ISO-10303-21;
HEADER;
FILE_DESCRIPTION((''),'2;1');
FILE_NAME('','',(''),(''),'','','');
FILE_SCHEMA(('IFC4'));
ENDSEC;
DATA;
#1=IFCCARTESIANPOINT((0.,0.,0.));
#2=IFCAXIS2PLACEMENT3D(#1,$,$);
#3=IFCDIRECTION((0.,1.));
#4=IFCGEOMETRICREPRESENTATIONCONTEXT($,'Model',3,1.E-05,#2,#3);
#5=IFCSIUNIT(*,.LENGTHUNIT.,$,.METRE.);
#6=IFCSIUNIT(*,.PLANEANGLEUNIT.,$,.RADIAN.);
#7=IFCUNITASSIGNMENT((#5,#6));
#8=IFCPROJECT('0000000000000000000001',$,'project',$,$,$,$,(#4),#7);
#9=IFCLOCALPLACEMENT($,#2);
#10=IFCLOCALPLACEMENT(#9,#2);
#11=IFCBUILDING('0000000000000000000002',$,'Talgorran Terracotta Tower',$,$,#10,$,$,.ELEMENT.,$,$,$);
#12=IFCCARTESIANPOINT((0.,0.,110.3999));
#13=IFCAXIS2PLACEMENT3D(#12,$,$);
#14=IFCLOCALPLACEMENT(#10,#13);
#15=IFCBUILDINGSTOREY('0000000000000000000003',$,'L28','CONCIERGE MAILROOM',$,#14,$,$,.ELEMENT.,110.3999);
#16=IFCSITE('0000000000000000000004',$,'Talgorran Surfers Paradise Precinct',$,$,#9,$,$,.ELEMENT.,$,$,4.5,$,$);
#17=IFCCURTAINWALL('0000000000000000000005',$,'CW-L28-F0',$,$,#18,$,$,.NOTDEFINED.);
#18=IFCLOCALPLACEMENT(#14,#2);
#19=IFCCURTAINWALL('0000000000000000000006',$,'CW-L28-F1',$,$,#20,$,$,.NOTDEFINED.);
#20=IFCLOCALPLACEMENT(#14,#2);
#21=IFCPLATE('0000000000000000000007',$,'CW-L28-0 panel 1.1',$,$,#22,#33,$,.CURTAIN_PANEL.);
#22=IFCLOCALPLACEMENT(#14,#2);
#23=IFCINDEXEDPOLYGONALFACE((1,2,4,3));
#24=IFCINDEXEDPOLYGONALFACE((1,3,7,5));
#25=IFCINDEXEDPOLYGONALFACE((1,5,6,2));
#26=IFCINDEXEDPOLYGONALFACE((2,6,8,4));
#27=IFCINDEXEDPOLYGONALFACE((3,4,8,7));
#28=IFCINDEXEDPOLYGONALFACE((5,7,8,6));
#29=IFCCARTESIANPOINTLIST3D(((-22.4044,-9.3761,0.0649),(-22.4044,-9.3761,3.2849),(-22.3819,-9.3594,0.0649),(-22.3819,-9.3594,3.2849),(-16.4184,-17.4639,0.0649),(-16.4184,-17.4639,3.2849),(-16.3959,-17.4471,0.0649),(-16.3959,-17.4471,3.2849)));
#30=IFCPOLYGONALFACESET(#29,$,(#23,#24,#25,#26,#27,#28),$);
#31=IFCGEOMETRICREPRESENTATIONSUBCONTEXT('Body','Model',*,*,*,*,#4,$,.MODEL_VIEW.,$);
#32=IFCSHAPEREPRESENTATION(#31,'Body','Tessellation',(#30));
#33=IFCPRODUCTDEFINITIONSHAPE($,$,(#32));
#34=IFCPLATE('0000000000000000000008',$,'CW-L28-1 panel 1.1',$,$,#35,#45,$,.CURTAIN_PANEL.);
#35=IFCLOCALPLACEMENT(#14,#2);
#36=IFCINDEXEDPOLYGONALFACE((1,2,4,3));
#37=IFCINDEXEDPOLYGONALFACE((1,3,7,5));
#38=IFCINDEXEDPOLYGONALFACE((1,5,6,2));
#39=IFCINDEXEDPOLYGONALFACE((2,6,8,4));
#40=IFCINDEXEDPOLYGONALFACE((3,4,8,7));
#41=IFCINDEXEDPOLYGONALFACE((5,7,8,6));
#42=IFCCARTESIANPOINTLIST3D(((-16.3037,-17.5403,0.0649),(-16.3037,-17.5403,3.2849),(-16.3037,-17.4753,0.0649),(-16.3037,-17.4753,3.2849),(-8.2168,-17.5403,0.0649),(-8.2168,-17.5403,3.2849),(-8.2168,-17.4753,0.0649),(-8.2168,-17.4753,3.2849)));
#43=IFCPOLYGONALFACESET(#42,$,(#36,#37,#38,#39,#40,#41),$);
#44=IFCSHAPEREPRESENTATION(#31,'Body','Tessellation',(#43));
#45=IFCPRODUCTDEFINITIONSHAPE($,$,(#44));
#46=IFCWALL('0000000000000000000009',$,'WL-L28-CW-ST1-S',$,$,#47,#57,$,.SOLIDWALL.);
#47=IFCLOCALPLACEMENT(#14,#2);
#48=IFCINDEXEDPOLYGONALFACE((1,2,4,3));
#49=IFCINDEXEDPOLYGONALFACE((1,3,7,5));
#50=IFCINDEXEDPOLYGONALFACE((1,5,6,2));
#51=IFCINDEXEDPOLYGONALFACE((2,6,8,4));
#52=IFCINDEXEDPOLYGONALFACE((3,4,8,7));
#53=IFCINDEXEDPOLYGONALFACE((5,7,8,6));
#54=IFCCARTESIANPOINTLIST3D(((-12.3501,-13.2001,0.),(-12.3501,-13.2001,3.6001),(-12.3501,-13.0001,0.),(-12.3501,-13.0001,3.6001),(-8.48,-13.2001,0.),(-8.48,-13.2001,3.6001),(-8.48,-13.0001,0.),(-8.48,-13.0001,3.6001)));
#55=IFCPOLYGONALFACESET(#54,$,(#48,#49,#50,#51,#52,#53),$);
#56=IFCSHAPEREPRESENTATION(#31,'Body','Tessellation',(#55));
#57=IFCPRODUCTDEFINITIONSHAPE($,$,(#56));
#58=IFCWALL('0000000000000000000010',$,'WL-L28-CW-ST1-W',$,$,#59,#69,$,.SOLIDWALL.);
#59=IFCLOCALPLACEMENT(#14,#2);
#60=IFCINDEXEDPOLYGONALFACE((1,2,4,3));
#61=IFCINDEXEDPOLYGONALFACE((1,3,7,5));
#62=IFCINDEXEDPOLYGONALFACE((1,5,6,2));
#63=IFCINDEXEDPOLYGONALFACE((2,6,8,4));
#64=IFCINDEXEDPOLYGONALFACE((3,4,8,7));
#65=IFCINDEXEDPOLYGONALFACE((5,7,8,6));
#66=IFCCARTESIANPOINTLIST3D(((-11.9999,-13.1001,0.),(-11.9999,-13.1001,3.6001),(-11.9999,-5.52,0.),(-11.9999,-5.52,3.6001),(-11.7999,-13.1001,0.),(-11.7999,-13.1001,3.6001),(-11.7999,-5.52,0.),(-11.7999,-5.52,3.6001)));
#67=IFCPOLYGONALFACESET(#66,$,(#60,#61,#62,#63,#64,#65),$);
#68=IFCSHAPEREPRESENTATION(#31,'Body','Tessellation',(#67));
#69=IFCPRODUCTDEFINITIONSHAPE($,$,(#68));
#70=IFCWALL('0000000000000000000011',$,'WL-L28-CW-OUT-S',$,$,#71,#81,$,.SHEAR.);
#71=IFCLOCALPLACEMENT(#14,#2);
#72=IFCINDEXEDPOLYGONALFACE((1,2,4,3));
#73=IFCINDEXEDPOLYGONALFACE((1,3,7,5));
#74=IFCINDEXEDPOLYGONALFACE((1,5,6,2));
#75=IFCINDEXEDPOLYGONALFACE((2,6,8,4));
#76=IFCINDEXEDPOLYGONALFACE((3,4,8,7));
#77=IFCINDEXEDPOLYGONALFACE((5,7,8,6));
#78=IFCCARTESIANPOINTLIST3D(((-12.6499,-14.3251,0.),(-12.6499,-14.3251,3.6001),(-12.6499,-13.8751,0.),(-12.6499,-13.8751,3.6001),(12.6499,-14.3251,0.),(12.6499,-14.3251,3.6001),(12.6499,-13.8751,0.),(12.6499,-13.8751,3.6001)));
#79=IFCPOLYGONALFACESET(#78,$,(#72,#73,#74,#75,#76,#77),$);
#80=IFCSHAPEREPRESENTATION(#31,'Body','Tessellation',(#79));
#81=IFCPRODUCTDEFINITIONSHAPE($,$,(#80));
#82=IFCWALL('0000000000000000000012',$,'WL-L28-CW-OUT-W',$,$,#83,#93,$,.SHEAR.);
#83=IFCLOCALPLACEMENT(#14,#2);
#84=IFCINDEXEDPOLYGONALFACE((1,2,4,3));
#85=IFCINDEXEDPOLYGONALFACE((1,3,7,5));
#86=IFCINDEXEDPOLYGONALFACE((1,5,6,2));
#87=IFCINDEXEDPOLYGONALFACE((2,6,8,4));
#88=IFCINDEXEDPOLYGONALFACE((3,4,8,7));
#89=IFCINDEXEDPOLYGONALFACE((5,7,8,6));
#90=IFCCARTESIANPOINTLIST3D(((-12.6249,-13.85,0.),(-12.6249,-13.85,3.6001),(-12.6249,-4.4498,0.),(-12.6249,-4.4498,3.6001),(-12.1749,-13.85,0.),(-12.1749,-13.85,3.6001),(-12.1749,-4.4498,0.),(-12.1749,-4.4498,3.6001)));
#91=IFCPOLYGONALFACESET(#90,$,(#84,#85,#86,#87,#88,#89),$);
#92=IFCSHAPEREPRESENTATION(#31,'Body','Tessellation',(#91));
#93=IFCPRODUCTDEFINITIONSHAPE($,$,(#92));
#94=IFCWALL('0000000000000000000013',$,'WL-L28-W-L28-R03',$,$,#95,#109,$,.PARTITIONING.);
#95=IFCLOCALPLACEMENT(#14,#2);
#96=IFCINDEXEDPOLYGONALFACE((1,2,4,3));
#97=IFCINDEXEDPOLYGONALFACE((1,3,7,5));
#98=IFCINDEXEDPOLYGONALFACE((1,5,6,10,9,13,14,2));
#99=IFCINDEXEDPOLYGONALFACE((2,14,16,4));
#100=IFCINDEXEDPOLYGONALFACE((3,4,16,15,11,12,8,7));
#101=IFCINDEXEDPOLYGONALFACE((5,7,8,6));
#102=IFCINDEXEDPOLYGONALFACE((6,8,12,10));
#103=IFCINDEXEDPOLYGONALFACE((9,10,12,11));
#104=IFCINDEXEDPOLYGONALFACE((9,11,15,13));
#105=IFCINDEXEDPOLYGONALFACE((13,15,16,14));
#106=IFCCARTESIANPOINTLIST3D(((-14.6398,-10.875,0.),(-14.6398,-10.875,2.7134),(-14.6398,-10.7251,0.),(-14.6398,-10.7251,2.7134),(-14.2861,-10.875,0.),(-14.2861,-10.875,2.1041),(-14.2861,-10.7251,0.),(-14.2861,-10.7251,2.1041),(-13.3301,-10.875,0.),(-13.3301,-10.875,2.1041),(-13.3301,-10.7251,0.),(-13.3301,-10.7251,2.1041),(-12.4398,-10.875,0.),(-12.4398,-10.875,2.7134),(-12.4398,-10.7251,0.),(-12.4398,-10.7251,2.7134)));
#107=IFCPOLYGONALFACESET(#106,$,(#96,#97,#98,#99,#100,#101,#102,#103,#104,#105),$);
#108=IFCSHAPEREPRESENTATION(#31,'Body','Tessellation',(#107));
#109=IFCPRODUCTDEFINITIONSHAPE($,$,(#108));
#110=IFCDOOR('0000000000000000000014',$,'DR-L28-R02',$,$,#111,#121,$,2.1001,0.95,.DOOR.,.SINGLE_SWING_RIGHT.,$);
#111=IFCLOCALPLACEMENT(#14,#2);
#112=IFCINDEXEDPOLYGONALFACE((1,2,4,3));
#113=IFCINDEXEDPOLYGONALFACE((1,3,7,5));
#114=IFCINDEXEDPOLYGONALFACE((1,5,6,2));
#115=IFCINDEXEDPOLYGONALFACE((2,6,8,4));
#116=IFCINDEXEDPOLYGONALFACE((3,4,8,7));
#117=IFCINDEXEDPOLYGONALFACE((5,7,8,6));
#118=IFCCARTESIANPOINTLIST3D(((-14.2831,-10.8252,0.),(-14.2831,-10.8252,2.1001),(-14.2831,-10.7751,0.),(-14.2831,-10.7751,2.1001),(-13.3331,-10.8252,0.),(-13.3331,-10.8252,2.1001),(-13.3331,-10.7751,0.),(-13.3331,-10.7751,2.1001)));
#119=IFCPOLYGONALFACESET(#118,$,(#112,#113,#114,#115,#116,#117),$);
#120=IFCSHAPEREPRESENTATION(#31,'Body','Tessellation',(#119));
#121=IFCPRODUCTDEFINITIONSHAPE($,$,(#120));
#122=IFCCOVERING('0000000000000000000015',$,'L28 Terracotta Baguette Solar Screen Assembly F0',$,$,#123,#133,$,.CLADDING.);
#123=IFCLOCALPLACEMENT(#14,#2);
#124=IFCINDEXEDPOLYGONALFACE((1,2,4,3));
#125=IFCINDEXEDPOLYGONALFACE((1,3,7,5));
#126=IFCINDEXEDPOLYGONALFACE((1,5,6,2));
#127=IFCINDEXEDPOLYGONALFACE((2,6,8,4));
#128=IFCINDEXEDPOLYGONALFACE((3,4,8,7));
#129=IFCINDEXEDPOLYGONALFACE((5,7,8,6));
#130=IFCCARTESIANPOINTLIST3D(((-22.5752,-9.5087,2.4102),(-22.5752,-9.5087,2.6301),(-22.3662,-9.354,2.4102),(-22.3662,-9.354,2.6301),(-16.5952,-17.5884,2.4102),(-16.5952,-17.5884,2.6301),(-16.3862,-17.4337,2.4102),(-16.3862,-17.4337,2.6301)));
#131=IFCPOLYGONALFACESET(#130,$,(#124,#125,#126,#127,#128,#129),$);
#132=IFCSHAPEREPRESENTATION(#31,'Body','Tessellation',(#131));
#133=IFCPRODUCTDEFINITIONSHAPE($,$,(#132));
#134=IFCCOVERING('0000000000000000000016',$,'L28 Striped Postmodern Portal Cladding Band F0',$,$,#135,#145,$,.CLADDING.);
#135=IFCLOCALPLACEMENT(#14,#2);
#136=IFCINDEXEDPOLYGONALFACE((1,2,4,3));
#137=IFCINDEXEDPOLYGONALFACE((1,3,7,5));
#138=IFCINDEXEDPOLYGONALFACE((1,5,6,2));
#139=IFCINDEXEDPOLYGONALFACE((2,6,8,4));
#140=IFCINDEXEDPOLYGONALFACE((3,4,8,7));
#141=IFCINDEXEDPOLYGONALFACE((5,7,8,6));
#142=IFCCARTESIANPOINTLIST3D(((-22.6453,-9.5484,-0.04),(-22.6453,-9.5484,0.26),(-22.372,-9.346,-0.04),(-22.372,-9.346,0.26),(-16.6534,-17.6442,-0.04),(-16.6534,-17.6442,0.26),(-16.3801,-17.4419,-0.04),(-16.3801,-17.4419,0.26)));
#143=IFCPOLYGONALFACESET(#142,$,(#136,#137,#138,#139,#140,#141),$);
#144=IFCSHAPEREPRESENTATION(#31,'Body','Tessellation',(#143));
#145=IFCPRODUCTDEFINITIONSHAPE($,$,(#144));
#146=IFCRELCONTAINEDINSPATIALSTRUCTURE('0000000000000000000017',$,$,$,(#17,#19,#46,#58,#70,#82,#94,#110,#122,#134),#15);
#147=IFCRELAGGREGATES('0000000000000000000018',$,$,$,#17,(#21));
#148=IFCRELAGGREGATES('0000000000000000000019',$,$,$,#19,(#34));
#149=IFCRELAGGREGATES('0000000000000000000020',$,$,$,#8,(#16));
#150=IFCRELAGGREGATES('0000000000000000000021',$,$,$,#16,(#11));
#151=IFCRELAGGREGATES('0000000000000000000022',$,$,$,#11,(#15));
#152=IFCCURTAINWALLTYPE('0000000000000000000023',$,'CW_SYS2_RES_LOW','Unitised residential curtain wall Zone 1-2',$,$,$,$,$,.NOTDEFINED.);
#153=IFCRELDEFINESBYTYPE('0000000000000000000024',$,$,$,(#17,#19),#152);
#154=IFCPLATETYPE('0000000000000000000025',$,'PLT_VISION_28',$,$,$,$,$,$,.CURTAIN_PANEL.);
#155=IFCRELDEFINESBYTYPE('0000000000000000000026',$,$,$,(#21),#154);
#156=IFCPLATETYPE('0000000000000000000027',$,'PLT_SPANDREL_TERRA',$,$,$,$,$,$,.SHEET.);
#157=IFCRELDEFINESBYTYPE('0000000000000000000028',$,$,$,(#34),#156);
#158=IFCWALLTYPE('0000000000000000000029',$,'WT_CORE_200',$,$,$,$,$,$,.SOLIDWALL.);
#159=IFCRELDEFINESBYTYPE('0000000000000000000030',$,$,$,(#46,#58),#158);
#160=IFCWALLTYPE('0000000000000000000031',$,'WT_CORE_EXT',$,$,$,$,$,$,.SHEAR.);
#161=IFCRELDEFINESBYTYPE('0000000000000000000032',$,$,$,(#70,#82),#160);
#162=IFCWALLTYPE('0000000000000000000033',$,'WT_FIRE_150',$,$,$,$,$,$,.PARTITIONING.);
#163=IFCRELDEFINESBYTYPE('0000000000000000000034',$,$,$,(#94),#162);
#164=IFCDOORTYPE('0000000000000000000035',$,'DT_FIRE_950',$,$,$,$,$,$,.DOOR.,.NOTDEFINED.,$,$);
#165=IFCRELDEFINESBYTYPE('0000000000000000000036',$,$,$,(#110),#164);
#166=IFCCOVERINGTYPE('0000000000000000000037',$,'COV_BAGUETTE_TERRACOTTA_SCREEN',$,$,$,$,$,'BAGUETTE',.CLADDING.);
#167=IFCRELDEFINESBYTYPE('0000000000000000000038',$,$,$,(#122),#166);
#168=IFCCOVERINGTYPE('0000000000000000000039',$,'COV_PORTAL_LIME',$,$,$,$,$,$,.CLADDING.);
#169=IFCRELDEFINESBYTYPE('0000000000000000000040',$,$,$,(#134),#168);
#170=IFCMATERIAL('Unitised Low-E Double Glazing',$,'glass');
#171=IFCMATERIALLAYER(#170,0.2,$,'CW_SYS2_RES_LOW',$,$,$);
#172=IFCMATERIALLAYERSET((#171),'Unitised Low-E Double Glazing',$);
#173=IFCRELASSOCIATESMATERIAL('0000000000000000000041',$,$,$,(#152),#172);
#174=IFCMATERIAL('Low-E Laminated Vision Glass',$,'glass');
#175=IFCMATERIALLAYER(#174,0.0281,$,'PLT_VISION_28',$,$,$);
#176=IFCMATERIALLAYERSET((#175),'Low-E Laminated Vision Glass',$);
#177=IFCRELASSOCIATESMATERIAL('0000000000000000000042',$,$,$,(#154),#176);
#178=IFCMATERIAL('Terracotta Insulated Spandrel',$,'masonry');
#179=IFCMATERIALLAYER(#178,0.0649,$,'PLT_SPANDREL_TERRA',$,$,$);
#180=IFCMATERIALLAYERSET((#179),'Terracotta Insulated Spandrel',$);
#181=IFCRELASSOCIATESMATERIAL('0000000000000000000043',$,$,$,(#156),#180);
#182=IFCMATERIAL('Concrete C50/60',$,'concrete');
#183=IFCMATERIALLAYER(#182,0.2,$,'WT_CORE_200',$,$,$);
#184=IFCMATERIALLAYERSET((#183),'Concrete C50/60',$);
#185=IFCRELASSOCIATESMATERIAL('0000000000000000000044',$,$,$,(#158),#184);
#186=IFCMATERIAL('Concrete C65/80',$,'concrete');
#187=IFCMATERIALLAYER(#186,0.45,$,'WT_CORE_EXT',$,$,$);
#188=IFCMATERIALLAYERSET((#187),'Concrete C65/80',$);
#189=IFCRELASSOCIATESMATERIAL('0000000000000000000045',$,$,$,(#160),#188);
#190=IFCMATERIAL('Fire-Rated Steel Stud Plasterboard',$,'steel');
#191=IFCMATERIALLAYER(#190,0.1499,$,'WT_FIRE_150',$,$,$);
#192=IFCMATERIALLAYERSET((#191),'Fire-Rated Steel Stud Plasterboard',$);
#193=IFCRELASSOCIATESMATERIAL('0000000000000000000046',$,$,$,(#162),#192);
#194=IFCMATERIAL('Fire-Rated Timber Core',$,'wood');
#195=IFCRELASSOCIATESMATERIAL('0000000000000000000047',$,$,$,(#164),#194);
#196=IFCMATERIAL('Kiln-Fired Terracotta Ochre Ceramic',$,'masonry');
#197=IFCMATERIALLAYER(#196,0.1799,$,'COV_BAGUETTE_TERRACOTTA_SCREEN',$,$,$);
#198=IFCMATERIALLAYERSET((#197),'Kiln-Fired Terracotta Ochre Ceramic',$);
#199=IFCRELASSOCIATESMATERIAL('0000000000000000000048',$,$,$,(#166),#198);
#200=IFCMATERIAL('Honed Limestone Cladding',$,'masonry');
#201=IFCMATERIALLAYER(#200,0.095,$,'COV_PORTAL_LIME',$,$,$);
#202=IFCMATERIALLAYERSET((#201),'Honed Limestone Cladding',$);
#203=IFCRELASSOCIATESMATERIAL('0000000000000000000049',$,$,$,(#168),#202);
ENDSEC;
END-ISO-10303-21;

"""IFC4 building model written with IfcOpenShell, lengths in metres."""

from ifc_helpers import new_model, si_unit, direction, frame, frame_2d, origin, origin_2d, place, context, subcontext, project, spatial, rectangle, extrude, source, transform, mapped, material, layer, layer_set, type_object, type_shapes, element, fill, aggregate, save


model = new_model("IFC4")

# Units and contexts
model_context = context("Model", 3, precision=1e-05, world=origin(), true_north=direction((0.0, 1.0)))
body_context = subcontext(model_context, "Body", "Model", "MODEL_VIEW")
ifc_project = project(units=[si_unit("LENGTHUNIT", "METRE"), si_unit("PLANEANGLEUNIT", "RADIAN")], contexts=[model_context])

# Site, building, storey
site_placement = place(None, origin())
site = spatial("IfcSite", under=ifc_project, at=site_placement, Name="Talgorran Surfers Paradise Precinct", CompositionType="ELEMENT", RefElevation=4.5)
building_placement = place(site_placement, origin())
building = spatial("IfcBuilding", under=site, at=building_placement, Name="Talgorran Terracotta Tower", CompositionType="ELEMENT")
storey_placement = place(building_placement, frame((0.0, 0.0, 110.3999)))
storey = spatial("IfcBuildingStorey", under=building, at=storey_placement, Name="L28", Description="CONCIERGE MAILROOM", CompositionType="ELEMENT", Elevation=110.3999)

# Curtain wall
ifc_material_1 = material(Name="Unitised Low-E Double Glazing", Category="glass")
ifc_layer_1 = layer(ifc_material_1, 0.2, Name="CW_SYS2_RES_LOW")
ifc_layer_set_1 = layer_set([ifc_layer_1], Name="Unitised Low-E Double Glazing")
curtain_wall_type = type_object("IfcCurtainWallType", Name="CW_SYS2_RES_LOW", Description="Unitised residential curtain wall Zone 1-2", PredefinedType="NOTDEFINED", material=ifc_layer_set_1)
curtain_wall_1_placement = place(storey_placement, origin())
curtain_wall_1 = element("IfcCurtainWall", 1, at=curtain_wall_1_placement, inside=storey, type_object=curtain_wall_type, Name="CW-L28-F0", PredefinedType="NOTDEFINED")

# Curtain wall
curtain_wall_2_placement = place(storey_placement, origin())
curtain_wall_2 = element("IfcCurtainWall", 2, at=curtain_wall_2_placement, inside=storey, type_object=curtain_wall_type, Name="CW-L28-F1", PredefinedType="NOTDEFINED")

# Plates
ifc_material_2 = material(Name="Low-E Laminated Vision Glass", Category="glass")
ifc_layer_2 = layer(ifc_material_2, 0.0281, Name="PLT_VISION_28")
ifc_layer_set_2 = layer_set([ifc_layer_2], Name="Low-E Laminated Vision Glass")
plate_type_1 = type_object("IfcPlateType", Name="PLT_VISION_28", PredefinedType="CURTAIN_PANEL", material=ifc_layer_set_2)
shared_shape_1 = source(origin(), body_context, "Body", "SweptSolid", [
    extrude(rectangle(XDim=10.062, YDim=0.0281, at=origin_2d()), origin(), (0.0, 0.0, 1.0), 3.22),
])
type_shapes(plate_type_1, [shared_shape_1])
plate_1_placement = place(storey_placement, frame((-19.4001, -13.4116, 0.0649), z_axis=(0.0, 0.0, 1.0), x_axis=(0.594911, -0.803792, 0.0)))
plate_1 = element("IfcPlate", 3, at=plate_1_placement, type_object=plate_type_1, Name="CW-L28-0 panel 1.1", PredefinedType="CURTAIN_PANEL", context=body_context, shape_type="MappedRepresentation", body=[
    mapped(shared_shape_1, transform((0.0, 0.0, 0.0), scale=1.0)),
])
aggregate(curtain_wall_1, [plate_1])
ifc_material_3 = material(Name="Terracotta Insulated Spandrel", Category="masonry")
ifc_layer_3 = layer(ifc_material_3, 0.0649, Name="PLT_SPANDREL_TERRA")
ifc_layer_set_3 = layer_set([ifc_layer_3], Name="Terracotta Insulated Spandrel")
plate_type_2 = type_object("IfcPlateType", Name="PLT_SPANDREL_TERRA", PredefinedType="SHEET", material=ifc_layer_set_3)
shared_shape_2 = source(origin(), body_context, "Body", "SweptSolid", [
    extrude(rectangle(XDim=8.0869, YDim=0.0649, at=origin_2d()), origin(), (0.0, 0.0, 1.0), 3.22),
])
type_shapes(plate_type_2, [shared_shape_2])
plate_2_placement = place(storey_placement, frame((-12.2603, -17.5078, 0.0649), z_axis=(0.0, 0.0, 1.0), x_axis=(1.0, 0.0, 0.0)))
plate_2 = element("IfcPlate", 4, at=plate_2_placement, type_object=plate_type_2, Name="CW-L28-1 panel 1.1", PredefinedType="CURTAIN_PANEL", context=body_context, shape_type="MappedRepresentation", body=[
    mapped(shared_shape_2, transform((0.0, 0.0, 0.0), scale=1.0)),
])
aggregate(curtain_wall_2, [plate_2])

# Walls
ifc_material_4 = material(Name="Concrete C50/60", Category="concrete")
ifc_layer_4 = layer(ifc_material_4, 0.2, Name="WT_CORE_200")
ifc_layer_set_4 = layer_set([ifc_layer_4], Name="Concrete C50/60")
wall_type_1 = type_object("IfcWallType", Name="WT_CORE_200", PredefinedType="SOLIDWALL", material=ifc_layer_set_4)
wall_1_placement = place(storey_placement, frame((-12.3501, -13.1001, 0.0), z_axis=(0.0, 0.0, 1.0), x_axis=(1.0, 0.0, 0.0)))
element("IfcWall", 5, at=wall_1_placement, inside=storey, type_object=wall_type_1, Name="WL-L28-CW-ST1-S", PredefinedType="SOLIDWALL", context=body_context, shape_type="SweptSolid", body=[
    extrude(rectangle(XDim=3.8701, YDim=0.2, at=frame_2d((1.9351, 0.0))), origin(), (0.0, 0.0, 1.0), 3.6001),
])
wall_2_placement = place(storey_placement, frame((-11.8999, -13.1001, 0.0), z_axis=(0.0, 0.0, 1.0), x_axis=(0.0, 1.0, 0.0)))
element("IfcWall", 6, at=wall_2_placement, inside=storey, type_object=wall_type_1, Name="WL-L28-CW-ST1-W", PredefinedType="SOLIDWALL", context=body_context, shape_type="SweptSolid", body=[
    extrude(rectangle(XDim=7.5801, YDim=0.2, at=frame_2d((3.79, 0.0))), origin(), (0.0, 0.0, 1.0), 3.6001),
])
ifc_material_5 = material(Name="Concrete C65/80", Category="concrete")
ifc_layer_5 = layer(ifc_material_5, 0.45, Name="WT_CORE_EXT")
ifc_layer_set_5 = layer_set([ifc_layer_5], Name="Concrete C65/80")
wall_type_2 = type_object("IfcWallType", Name="WT_CORE_EXT", PredefinedType="SHEAR", material=ifc_layer_set_5)
wall_3_placement = place(storey_placement, frame((-12.6499, -14.1001, 0.0), z_axis=(0.0, 0.0, 1.0), x_axis=(1.0, 0.0, 0.0)))
element("IfcWall", 7, at=wall_3_placement, inside=storey, type_object=wall_type_2, Name="WL-L28-CW-OUT-S", PredefinedType="SHEAR", context=body_context, shape_type="SweptSolid", body=[
    extrude(rectangle(XDim=25.2998, YDim=0.45, at=frame_2d((12.6499, 0.0))), origin(), (0.0, 0.0, 1.0), 3.6001),
])
wall_4_placement = place(storey_placement, frame((-12.3999, -13.8501, 0.0), z_axis=(0.0, 0.0, 1.0), x_axis=(0.0, 1.0, 0.0)))
element("IfcWall", 8, at=wall_4_placement, inside=storey, type_object=wall_type_2, Name="WL-L28-CW-OUT-W", PredefinedType="SHEAR", context=body_context, shape_type="SweptSolid", body=[
    extrude(rectangle(XDim=9.4001, YDim=0.45, at=frame_2d((4.7002, 0.0))), origin(), (0.0, 0.0, 1.0), 3.6001),
])

# Wall, opening, door
ifc_material_6 = material(Name="Fire-Rated Steel Stud Plasterboard", Category="steel")
ifc_layer_6 = layer(ifc_material_6, 0.1499, Name="WT_FIRE_150")
ifc_layer_set_6 = layer_set([ifc_layer_6], Name="Fire-Rated Steel Stud Plasterboard")
wall_type_3 = type_object("IfcWallType", Name="WT_FIRE_150", PredefinedType="PARTITIONING", material=ifc_layer_set_6)
wall_5_placement = place(storey_placement, frame((-14.6399, -10.8, 0.0), z_axis=(0.0, 0.0, 1.0), x_axis=(1.0, 0.0, 0.0)))
wall_5 = element("IfcWall", 9, at=wall_5_placement, inside=storey, type_object=wall_type_3, Name="WL-L28-W-L28-R03", PredefinedType="PARTITIONING", context=body_context, shape_type="SweptSolid", body=[
    extrude(rectangle(XDim=2.2, YDim=0.1499, at=frame_2d((1.1001, 0.0))), origin(), (0.0, 0.0, 1.0), 2.7134),
])
opening_placement = place(wall_5_placement, frame((0.3567, 0.0, 0.0)))
opening = element("IfcOpeningElement", 10, at=opening_placement, cuts=wall_5, PredefinedType="OPENING", context=body_context, shape_type="SweptSolid", body=[
    extrude(rectangle(XDim=0.956, YDim=2.1041, at=frame_2d((0.4751, 1.052))), frame((0.0, 0.085, 0.0), z_axis=(0.0, -1.0, 0.0), x_axis=(1.0, 0.0, 0.0)), (0.0, 0.0, 1.0), 0.1699),
])
ifc_material_7 = material(Name="Fire-Rated Timber Core", Category="wood")
door_type = type_object("IfcDoorType", Name="DT_FIRE_950", OperationType="NOTDEFINED", PredefinedType="DOOR", material=ifc_material_7)
door_placement = place(opening_placement, origin())
door = element("IfcDoor", 11, at=door_placement, inside=storey, type_object=door_type, Name="DR-L28-R02", OperationType="SINGLE_SWING_RIGHT", OverallHeight=2.1001, OverallWidth=0.95, PredefinedType="DOOR", context=body_context, shape_type="SweptSolid", body=[
    extrude(rectangle(XDim=0.95, YDim=2.1001, at=frame_2d((0.4751, 1.05))), frame((0.0, 0.0249, 0.0), z_axis=(0.0, -1.0, 0.0), x_axis=(1.0, 0.0, 0.0)), (0.0, 0.0, 1.0), 0.05),
])
fill(opening, door)

# Coverings
ifc_material_8 = material(Name="Kiln-Fired Terracotta Ochre Ceramic", Category="masonry")
ifc_layer_7 = layer(ifc_material_8, 0.1799, Name="COV_BAGUETTE_TERRACOTTA_SCREEN")
ifc_layer_set_7 = layer_set([ifc_layer_7], Name="Kiln-Fired Terracotta Ochre Ceramic")
covering_type_1 = type_object("IfcCoveringType", Name="COV_BAGUETTE_TERRACOTTA_SCREEN", ElementType="BAGUETTE", PredefinedType="CLADDING", material=ifc_layer_set_7)
covering_1_placement = place(storey_placement, frame((-19.4807, -13.4712, 2.4102), z_axis=(0.0, 0.0, 1.0), x_axis=(0.594907, -0.803795, 0.0)))
element("IfcCovering", 12, at=covering_1_placement, inside=storey, type_object=covering_type_1, Name="L28 Terracotta Baguette Solar Screen Assembly F0", PredefinedType="CLADDING", context=body_context, shape_type="SweptSolid", body=[
    extrude(rectangle(XDim=10.052, YDim=0.26, at=origin_2d()), origin(), (0.0, 0.0, 1.0), 0.22),
])
ifc_material_9 = material(Name="Honed Limestone Cladding", Category="masonry")
ifc_layer_8 = layer(ifc_material_9, 0.095, Name="COV_PORTAL_LIME")
ifc_layer_set_8 = layer_set([ifc_layer_8], Name="Honed Limestone Cladding")
covering_type_2 = type_object("IfcCoveringType", Name="COV_PORTAL_LIME", PredefinedType="CLADDING", material=ifc_layer_set_8)
covering_2_placement = place(storey_placement, frame((-19.5127, -13.4951, -0.04), z_axis=(0.0, 0.0, 1.0), x_axis=(0.594907, -0.803795, 0.0)))
element("IfcCovering", 13, at=covering_2_placement, inside=storey, type_object=covering_type_2, Name="L28 Striped Postmodern Portal Cladding Band F0", PredefinedType="CLADDING", context=body_context, shape_type="SweptSolid", body=[
    extrude(rectangle(XDim=10.072, YDim=0.3401, at=origin_2d()), origin(), (0.0, 0.0, 1.0), 0.3),
])

save(model, "model.ifc")
